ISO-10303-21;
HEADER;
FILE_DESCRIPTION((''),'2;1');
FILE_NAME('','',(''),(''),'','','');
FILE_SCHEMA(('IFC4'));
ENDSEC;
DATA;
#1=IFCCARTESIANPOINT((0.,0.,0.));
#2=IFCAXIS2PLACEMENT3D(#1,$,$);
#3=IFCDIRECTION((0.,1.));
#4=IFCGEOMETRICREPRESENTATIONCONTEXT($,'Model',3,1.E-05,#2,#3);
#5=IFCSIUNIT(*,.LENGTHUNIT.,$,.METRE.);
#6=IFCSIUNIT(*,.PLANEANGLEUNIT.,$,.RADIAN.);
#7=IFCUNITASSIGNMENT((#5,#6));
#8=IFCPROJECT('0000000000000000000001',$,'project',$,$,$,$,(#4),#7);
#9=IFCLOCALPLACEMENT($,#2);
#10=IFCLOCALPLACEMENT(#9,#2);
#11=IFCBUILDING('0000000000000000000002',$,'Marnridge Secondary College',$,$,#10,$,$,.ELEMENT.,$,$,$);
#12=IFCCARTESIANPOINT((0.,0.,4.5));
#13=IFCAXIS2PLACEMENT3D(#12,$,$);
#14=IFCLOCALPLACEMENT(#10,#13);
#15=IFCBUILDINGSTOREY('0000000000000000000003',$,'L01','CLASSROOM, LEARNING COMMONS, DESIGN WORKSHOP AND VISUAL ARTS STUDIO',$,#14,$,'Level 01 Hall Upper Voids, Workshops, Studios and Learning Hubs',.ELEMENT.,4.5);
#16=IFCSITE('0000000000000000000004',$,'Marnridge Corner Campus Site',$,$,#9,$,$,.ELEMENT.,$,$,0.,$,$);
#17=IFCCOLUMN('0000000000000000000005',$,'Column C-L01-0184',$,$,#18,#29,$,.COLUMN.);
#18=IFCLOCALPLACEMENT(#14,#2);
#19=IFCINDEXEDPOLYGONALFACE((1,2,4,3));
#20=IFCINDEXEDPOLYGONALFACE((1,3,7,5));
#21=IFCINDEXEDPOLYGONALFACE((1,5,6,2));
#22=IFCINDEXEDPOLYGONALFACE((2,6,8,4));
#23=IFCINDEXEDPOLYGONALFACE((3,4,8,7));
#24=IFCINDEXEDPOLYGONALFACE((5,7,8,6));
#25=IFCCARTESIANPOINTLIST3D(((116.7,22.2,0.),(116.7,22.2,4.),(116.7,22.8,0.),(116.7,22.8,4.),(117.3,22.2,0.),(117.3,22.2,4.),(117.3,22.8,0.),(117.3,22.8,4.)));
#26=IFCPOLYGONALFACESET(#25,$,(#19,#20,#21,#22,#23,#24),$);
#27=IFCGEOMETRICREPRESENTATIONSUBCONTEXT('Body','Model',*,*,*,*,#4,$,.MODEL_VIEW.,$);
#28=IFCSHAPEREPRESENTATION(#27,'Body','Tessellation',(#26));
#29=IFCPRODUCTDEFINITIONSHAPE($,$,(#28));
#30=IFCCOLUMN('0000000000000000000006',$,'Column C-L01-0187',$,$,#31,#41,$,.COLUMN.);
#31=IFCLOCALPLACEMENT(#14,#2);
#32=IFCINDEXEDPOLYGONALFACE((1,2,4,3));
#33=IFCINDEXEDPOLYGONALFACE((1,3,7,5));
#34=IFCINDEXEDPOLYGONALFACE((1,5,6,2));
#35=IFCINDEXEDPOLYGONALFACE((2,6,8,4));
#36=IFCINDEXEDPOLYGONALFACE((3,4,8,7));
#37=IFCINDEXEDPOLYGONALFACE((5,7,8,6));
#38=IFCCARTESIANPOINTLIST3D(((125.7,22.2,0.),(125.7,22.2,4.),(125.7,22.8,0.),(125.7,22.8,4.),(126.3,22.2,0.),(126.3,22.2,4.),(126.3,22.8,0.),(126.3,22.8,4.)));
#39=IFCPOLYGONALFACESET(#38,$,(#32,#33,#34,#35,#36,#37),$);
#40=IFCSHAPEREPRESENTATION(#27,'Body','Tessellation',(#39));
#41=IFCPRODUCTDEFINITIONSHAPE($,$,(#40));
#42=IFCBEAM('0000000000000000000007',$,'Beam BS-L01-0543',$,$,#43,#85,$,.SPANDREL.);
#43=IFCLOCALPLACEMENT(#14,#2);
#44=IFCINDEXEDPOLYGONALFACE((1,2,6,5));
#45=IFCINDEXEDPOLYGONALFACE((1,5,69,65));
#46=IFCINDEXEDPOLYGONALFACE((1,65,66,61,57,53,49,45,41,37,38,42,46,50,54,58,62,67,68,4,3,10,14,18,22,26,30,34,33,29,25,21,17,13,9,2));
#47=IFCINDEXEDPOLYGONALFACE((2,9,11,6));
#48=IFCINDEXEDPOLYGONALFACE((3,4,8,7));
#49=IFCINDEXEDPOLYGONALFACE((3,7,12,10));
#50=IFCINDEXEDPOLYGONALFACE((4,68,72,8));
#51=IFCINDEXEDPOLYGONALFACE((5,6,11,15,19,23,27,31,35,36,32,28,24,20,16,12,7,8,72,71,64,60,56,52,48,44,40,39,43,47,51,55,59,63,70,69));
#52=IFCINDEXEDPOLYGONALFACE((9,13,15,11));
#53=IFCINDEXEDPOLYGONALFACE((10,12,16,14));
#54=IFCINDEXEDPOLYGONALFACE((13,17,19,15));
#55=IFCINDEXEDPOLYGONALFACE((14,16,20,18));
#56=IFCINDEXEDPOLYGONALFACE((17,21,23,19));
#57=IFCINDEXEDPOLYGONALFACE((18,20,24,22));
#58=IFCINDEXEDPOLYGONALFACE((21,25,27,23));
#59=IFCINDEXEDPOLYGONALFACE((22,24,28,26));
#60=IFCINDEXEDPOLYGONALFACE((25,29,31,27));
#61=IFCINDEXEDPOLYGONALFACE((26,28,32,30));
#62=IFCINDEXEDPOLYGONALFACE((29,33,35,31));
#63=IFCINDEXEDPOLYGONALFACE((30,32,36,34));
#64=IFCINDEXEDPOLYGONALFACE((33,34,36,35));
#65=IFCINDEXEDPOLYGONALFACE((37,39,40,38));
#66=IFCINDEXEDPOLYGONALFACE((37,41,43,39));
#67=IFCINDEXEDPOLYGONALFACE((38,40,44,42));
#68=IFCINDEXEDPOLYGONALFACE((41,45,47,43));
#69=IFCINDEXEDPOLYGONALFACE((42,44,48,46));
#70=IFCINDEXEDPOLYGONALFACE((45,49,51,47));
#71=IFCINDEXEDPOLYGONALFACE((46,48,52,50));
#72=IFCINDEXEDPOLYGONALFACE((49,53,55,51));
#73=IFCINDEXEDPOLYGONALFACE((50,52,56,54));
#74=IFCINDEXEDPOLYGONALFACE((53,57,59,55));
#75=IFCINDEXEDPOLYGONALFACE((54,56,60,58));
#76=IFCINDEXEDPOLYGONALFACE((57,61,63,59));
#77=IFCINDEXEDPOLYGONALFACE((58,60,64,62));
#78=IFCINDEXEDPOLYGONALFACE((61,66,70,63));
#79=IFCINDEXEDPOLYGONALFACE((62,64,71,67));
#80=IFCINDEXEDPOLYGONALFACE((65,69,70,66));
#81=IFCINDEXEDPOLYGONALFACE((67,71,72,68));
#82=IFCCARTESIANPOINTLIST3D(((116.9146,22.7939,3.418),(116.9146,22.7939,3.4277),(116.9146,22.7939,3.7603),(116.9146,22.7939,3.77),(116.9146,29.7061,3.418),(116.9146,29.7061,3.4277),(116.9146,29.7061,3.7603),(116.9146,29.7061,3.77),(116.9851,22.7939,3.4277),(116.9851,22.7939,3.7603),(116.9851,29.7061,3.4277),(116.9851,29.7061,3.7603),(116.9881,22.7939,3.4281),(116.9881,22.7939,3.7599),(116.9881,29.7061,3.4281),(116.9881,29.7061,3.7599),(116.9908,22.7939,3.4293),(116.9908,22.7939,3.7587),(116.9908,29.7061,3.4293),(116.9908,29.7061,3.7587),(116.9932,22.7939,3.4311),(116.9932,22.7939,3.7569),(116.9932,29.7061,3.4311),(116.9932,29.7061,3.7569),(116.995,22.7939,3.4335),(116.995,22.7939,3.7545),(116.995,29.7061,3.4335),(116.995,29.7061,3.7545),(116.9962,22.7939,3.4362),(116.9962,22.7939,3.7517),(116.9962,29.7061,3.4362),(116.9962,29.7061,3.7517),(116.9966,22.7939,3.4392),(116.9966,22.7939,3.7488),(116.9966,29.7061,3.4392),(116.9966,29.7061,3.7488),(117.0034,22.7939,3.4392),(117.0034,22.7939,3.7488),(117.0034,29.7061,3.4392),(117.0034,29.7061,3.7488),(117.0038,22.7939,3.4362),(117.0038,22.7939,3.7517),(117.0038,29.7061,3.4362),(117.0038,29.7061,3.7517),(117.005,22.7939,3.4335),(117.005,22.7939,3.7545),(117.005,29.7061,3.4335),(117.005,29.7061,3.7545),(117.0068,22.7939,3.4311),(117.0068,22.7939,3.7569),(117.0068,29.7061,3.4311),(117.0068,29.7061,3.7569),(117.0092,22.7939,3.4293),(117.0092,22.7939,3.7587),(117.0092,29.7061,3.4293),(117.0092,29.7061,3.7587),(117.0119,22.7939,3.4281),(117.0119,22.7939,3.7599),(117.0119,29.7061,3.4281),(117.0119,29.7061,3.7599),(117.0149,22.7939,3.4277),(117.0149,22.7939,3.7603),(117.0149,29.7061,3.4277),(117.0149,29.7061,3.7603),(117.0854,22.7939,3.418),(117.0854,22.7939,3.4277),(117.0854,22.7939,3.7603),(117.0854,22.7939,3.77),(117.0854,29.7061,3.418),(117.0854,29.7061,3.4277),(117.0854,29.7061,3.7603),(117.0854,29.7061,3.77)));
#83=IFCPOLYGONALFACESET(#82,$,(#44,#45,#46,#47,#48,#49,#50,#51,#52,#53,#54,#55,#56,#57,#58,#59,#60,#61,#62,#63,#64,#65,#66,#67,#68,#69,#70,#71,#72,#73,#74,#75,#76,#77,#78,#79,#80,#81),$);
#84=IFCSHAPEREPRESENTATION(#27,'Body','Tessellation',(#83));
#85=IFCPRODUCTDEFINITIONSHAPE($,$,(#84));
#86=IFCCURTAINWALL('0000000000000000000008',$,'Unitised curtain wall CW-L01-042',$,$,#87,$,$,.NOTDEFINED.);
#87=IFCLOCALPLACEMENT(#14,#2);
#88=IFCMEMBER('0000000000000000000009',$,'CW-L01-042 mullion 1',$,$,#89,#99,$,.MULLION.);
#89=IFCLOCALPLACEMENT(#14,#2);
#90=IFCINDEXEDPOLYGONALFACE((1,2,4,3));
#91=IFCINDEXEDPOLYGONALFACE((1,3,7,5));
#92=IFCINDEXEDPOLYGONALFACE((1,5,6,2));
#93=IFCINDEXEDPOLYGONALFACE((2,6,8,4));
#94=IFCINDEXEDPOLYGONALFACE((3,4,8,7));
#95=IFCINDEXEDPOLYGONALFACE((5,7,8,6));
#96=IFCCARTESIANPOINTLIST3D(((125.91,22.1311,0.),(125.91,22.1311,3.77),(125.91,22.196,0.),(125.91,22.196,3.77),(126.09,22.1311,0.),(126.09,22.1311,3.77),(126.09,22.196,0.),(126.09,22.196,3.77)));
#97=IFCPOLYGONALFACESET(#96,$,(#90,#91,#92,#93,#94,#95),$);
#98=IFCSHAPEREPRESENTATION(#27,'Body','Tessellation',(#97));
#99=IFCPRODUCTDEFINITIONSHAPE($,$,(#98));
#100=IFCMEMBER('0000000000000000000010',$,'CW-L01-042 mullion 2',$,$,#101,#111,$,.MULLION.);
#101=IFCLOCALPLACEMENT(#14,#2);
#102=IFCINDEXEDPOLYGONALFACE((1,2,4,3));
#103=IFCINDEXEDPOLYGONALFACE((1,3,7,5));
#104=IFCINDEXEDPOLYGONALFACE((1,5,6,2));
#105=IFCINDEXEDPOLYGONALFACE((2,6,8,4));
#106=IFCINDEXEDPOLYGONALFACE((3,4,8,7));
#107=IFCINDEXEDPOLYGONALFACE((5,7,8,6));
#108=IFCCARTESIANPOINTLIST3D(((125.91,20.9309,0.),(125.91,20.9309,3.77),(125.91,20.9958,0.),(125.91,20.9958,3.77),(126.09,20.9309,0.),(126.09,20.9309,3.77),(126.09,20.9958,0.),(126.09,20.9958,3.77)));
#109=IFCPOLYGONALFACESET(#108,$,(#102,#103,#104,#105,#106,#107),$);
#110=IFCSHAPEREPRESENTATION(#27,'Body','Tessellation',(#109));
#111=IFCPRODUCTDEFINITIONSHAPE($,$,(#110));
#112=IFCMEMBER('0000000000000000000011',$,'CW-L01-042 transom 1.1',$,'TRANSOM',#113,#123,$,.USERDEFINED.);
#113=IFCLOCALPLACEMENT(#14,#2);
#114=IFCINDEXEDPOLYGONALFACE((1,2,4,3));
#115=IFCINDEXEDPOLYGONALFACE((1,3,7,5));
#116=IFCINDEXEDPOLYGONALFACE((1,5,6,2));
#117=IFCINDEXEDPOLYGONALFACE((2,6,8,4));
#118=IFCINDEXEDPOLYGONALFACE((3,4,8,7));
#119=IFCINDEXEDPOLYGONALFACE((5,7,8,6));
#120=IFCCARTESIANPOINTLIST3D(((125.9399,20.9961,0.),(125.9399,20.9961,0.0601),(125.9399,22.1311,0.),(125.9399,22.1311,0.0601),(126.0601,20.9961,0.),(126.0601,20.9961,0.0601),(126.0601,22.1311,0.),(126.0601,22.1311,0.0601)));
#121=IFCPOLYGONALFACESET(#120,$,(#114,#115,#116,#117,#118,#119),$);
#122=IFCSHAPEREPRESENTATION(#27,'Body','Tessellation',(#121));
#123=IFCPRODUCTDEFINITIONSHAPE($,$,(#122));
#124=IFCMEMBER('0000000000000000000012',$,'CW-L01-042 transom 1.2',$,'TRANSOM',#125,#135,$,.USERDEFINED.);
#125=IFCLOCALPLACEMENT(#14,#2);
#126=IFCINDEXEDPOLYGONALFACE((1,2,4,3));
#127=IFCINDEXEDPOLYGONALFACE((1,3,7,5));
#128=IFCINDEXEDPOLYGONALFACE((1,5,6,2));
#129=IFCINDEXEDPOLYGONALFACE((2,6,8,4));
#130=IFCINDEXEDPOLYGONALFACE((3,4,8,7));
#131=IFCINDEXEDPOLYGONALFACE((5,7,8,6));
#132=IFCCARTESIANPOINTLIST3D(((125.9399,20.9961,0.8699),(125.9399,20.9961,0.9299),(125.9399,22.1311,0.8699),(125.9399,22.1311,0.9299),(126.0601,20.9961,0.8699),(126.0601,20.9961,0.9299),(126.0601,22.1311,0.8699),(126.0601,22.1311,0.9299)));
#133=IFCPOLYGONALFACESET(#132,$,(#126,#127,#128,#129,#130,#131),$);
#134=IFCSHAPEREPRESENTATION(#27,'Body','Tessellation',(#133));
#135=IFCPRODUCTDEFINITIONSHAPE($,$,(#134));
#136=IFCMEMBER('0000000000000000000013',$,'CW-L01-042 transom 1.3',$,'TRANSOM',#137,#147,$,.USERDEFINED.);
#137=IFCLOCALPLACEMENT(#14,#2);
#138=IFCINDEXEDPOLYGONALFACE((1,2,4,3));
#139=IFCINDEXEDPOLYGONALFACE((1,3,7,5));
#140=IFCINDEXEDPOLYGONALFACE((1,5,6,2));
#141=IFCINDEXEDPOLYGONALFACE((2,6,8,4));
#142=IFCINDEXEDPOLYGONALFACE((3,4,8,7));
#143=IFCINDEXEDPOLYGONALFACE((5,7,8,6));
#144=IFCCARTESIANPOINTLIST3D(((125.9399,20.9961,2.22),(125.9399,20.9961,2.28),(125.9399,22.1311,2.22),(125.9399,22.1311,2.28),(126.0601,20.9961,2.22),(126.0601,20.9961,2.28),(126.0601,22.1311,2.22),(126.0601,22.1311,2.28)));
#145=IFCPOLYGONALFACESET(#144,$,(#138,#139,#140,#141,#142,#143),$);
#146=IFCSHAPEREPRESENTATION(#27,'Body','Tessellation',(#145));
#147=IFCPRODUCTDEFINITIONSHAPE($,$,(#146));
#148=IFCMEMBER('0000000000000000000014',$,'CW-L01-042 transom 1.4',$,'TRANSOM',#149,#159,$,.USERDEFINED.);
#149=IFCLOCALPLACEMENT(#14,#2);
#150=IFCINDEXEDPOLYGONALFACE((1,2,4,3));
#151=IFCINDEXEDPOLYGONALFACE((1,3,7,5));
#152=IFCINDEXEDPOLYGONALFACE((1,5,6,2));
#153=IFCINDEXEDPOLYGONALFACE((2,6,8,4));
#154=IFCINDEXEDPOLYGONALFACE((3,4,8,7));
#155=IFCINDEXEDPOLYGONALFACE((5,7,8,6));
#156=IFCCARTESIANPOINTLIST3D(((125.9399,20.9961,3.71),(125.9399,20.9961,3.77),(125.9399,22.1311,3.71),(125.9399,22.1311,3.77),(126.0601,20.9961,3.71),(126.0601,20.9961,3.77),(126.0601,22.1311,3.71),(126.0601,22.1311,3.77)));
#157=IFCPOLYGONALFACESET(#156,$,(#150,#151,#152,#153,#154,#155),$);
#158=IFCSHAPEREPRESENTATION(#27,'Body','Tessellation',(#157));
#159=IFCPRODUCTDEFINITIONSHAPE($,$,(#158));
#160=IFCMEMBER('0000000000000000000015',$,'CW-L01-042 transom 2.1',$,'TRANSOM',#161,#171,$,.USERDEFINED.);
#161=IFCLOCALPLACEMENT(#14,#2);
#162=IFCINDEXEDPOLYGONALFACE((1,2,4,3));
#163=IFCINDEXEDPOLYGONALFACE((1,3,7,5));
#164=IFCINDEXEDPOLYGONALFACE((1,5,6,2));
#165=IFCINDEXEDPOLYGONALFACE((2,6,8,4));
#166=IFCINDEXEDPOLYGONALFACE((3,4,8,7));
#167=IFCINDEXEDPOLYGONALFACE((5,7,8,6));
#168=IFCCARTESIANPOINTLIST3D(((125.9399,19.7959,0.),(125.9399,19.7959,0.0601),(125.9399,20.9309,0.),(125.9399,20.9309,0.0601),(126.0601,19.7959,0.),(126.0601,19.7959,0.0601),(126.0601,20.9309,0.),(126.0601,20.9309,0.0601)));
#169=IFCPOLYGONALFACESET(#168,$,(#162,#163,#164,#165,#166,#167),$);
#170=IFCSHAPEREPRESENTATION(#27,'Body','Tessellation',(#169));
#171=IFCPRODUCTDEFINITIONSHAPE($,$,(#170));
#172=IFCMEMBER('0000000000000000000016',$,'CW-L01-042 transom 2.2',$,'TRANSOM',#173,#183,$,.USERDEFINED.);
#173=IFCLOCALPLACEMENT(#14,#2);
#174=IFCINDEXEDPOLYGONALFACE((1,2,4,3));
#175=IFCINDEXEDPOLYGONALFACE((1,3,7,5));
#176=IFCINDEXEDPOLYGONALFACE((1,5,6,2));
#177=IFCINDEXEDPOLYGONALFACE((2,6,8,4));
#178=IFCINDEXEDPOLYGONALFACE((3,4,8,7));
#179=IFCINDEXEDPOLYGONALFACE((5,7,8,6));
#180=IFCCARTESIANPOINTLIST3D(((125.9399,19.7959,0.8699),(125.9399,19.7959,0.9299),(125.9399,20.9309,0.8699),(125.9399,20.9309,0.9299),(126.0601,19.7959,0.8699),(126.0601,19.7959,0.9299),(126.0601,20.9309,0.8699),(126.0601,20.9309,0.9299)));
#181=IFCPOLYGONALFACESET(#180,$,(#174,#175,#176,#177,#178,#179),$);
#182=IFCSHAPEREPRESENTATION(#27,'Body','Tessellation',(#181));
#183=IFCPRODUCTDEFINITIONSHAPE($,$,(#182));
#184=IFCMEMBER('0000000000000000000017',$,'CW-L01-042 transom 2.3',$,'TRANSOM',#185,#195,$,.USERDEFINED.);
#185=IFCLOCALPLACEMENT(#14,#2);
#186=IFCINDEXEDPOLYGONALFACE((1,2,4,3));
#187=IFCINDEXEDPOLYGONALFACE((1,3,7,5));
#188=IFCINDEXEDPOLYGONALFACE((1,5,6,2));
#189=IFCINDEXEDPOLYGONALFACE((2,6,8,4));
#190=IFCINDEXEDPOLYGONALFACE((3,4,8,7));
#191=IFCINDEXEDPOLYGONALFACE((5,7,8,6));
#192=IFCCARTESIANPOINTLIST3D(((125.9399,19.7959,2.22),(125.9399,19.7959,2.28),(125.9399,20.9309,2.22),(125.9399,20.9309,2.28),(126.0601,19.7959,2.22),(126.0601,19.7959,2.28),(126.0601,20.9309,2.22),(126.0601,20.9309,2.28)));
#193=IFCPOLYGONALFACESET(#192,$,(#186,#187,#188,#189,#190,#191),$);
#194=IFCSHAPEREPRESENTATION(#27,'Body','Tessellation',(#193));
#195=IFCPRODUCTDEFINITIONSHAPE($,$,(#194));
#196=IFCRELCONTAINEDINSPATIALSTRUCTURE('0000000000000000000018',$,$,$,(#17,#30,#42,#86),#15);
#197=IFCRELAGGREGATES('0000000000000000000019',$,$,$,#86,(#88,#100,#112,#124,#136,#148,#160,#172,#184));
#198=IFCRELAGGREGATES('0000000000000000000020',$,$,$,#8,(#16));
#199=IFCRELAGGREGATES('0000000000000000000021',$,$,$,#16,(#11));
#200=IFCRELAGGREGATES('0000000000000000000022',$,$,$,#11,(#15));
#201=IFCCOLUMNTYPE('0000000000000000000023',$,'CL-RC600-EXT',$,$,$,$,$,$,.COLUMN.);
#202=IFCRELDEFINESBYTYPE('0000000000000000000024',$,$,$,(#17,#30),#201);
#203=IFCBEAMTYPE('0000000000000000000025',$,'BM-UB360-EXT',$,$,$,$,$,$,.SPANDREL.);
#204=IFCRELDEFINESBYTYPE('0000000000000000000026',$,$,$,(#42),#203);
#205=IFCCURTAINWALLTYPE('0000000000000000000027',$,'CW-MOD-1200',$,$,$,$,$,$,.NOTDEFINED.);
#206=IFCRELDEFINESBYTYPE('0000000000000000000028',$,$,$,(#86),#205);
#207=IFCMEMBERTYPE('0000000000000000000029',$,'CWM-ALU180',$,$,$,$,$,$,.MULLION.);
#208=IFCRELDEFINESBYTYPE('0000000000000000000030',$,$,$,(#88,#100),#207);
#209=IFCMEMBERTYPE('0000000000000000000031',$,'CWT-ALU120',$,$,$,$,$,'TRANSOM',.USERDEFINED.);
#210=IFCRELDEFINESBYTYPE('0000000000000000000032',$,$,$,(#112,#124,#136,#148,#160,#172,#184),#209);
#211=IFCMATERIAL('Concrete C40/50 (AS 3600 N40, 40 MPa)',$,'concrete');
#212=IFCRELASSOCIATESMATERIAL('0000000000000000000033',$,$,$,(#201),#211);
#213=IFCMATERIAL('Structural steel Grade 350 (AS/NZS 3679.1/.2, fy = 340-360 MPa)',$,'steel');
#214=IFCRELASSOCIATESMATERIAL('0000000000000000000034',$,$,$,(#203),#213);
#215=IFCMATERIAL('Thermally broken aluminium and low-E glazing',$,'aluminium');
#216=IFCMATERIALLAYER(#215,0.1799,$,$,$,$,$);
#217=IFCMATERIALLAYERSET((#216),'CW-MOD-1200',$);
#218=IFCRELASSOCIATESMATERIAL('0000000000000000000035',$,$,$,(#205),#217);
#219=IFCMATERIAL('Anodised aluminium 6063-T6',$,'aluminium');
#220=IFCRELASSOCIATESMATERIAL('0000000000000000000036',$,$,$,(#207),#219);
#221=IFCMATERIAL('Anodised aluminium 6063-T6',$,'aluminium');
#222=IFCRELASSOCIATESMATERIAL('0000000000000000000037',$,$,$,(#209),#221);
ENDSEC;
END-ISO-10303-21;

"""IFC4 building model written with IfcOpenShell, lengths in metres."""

from ifc_helpers import new_model, si_unit, direction, frame, origin, origin_2d, place, context, subcontext, project, spatial, rectangle, i_section, extrude, material, layer, layer_set, material_profile, profile_set, type_object, element, aggregate, save


model = new_model("IFC4")

# Units and contexts
model_context = context("Model", 3, precision=1e-05, world=origin(), true_north=direction((0.0, 1.0)))
body_context = subcontext(model_context, "Body", "Model", "MODEL_VIEW")
ifc_project = project(units=[si_unit("LENGTHUNIT", "METRE"), si_unit("PLANEANGLEUNIT", "RADIAN")], contexts=[model_context])

# Site, building, storey
site_placement = place(None, origin())
site = spatial("IfcSite", under=ifc_project, at=site_placement, Name="Marnridge Corner Campus Site", CompositionType="ELEMENT", RefElevation=0.0)
building_placement = place(site_placement, origin())
building = spatial("IfcBuilding", under=site, at=building_placement, Name="Marnridge Secondary College", CompositionType="ELEMENT")
storey_placement = place(building_placement, frame((0.0, 0.0, 4.5)))
storey = spatial("IfcBuildingStorey", under=building, at=storey_placement, Name="L01", Description="CLASSROOM, LEARNING COMMONS, DESIGN WORKSHOP AND VISUAL ARTS STUDIO", LongName="Level 01 Hall Upper Voids, Workshops, Studios and Learning Hubs", CompositionType="ELEMENT", Elevation=4.5)

# Columns
ifc_material_1 = material(Name="Concrete C40/50 (AS 3600 N40, 40 MPa)", Category="concrete")
ifc_material_profile_1 = material_profile(ifc_material_1, rectangle(XDim=0.6001, YDim=0.6001, at=origin_2d()), Name="RC 600x600")
ifc_profile_set_1 = profile_set([ifc_material_profile_1], Name="Concrete C40/50 (AS 3600 N40, 40 MPa)")
column_type = type_object("IfcColumnType", Name="CL-RC600-EXT", PredefinedType="COLUMN", material=ifc_profile_set_1)
for number, where, z_axis, x_axis, name in (
    (1, (117.0, 22.5, 0.0), (0.0, 0.0, 1.0), (1.0, 0.0, 0.0), "Column C-L01-0184"),
    (2, (126.0, 22.5, 0.0), (0.0, 0.0, 1.0), (1.0, 0.0, 0.0), "Column C-L01-0187"),
):
    element("IfcColumn", number, at=place(storey_placement, frame(where, z_axis=z_axis, x_axis=x_axis)), inside=storey, type_object=column_type, Name=name, PredefinedType="COLUMN", context=body_context, shape_type="SweptSolid", body=[
        extrude(rectangle(XDim=0.6001, YDim=0.6001, at=origin_2d()), origin(), (0.0, 0.0, 1.0), 4.0),
    ])

# Beam
ifc_material_2 = material(Name="Structural steel Grade 350 (AS/NZS 3679.1/.2, fy = 340-360 MPa)", Category="steel")
ifc_material_profile_2 = material_profile(ifc_material_2, i_section(OverallWidth=0.1709, OverallDepth=0.3521, WebThickness=0.0068, FlangeThickness=0.0098, FilletRadius=0.0115, at=origin_2d()), Name="360UB44.7")
ifc_profile_set_2 = profile_set([ifc_material_profile_2], Name="Structural steel Grade 350 (AS/NZS 3679.1/.2, fy = 340-360 MPa)")
beam_type = type_object("IfcBeamType", Name="BM-UB360-EXT", PredefinedType="SPANDREL", material=ifc_profile_set_2)
beam_placement = place(storey_placement, frame((117.0, 22.7939, 3.594), z_axis=(0.0, 1.0, 0.0), x_axis=(-1.0, 0.0, 0.0)))
element("IfcBeam", 3, at=beam_placement, inside=storey, type_object=beam_type, Name="Beam BS-L01-0543", PredefinedType="SPANDREL", context=body_context, shape_type="SweptSolid", body=[
    extrude(i_section(OverallWidth=0.1709, OverallDepth=0.3521, WebThickness=0.0068, FlangeThickness=0.0098, FilletRadius=0.0115, at=origin_2d()), origin(), (0.0, 0.0, 1.0), 6.9121),
])

# Curtain wall, members
ifc_material_3 = material(Name="Thermally broken aluminium and low-E glazing", Category="aluminium")
ifc_layer_1 = layer(ifc_material_3, 0.1799)
ifc_layer_set_1 = layer_set([ifc_layer_1], Name="CW-MOD-1200")
curtain_wall_type = type_object("IfcCurtainWallType", Name="CW-MOD-1200", PredefinedType="NOTDEFINED", material=ifc_layer_set_1)
curtain_wall_placement = place(storey_placement, origin())
curtain_wall = element("IfcCurtainWall", 4, at=curtain_wall_placement, inside=storey, type_object=curtain_wall_type, Name="Unitised curtain wall CW-L01-042", PredefinedType="NOTDEFINED")
ifc_material_4 = material(Name="Anodised aluminium 6063-T6", Category="aluminium")
ifc_material_profile_3 = material_profile(ifc_material_4, rectangle(XDim=0.0649, YDim=0.1799, at=origin_2d()), Name="ALU 65x180")
ifc_profile_set_3 = profile_set([ifc_material_profile_3], Name="Anodised aluminium 6063-T6")
member_type_1 = type_object("IfcMemberType", Name="CWM-ALU180", PredefinedType="MULLION", material=ifc_profile_set_3)
member_1_placement = place(storey_placement, frame((126.0, 22.1636, 0.0), z_axis=(0.0, 0.0, 1.0), x_axis=(0.0, -1.0, 0.0)))
member_1 = element("IfcMember", 5, at=member_1_placement, type_object=member_type_1, Name="CW-L01-042 mullion 1", PredefinedType="MULLION", context=body_context, shape_type="SweptSolid", body=[
    extrude(rectangle(XDim=0.0649, YDim=0.1799, at=origin_2d()), origin(), (0.0, 0.0, 1.0), 3.77),
])
member_2_placement = place(storey_placement, frame((126.0, 20.9634, 0.0), z_axis=(0.0, 0.0, 1.0), x_axis=(0.0, -1.0, 0.0)))
member_2 = element("IfcMember", 6, at=member_2_placement, type_object=member_type_1, Name="CW-L01-042 mullion 2", PredefinedType="MULLION", context=body_context, shape_type="SweptSolid", body=[
    extrude(rectangle(XDim=0.0649, YDim=0.1799, at=origin_2d()), origin(), (0.0, 0.0, 1.0), 3.77),
])
ifc_material_5 = material(Name="Anodised aluminium 6063-T6", Category="aluminium")
ifc_material_profile_4 = material_profile(ifc_material_5, rectangle(XDim=0.0601, YDim=0.1201, at=origin_2d()), Name="ALU 60x120")
ifc_profile_set_4 = profile_set([ifc_material_profile_4], Name="Anodised aluminium 6063-T6")
member_type_2 = type_object("IfcMemberType", Name="CWT-ALU120", ElementType="TRANSOM", PredefinedType="USERDEFINED", material=ifc_profile_set_4)
member_3_placement = place(storey_placement, frame((126.0, 22.1311, 0.03), z_axis=(0.0, -1.0, 0.0), x_axis=(0.0, 0.0, 1.0)))
member_3 = element("IfcMember", 7, at=member_3_placement, type_object=member_type_2, Name="CW-L01-042 transom 1.1", ObjectType="TRANSOM", PredefinedType="USERDEFINED", context=body_context, shape_type="SweptSolid", body=[
    extrude(rectangle(XDim=0.0601, YDim=0.1201, at=origin_2d()), origin(), (0.0, 0.0, 1.0), 1.135),
])
member_4_placement = place(storey_placement, frame((126.0, 22.1311, 0.8999), z_axis=(0.0, -1.0, 0.0), x_axis=(0.0, 0.0, 1.0)))
member_4 = element("IfcMember", 8, at=member_4_placement, type_object=member_type_2, Name="CW-L01-042 transom 1.2", ObjectType="TRANSOM", PredefinedType="USERDEFINED", context=body_context, shape_type="SweptSolid", body=[
    extrude(rectangle(XDim=0.0601, YDim=0.1201, at=origin_2d()), origin(), (0.0, 0.0, 1.0), 1.135),
])
member_5_placement = place(storey_placement, frame((126.0, 22.1311, 2.25), z_axis=(0.0, -1.0, 0.0), x_axis=(0.0, 0.0, 1.0)))
member_5 = element("IfcMember", 9, at=member_5_placement, type_object=member_type_2, Name="CW-L01-042 transom 1.3", ObjectType="TRANSOM", PredefinedType="USERDEFINED", context=body_context, shape_type="SweptSolid", body=[
    extrude(rectangle(XDim=0.0601, YDim=0.1201, at=origin_2d()), origin(), (0.0, 0.0, 1.0), 1.135),
])
member_6_placement = place(storey_placement, frame((126.0, 22.1311, 3.74), z_axis=(0.0, -1.0, 0.0), x_axis=(0.0, 0.0, 1.0)))
member_6 = element("IfcMember", 10, at=member_6_placement, type_object=member_type_2, Name="CW-L01-042 transom 1.4", ObjectType="TRANSOM", PredefinedType="USERDEFINED", context=body_context, shape_type="SweptSolid", body=[
    extrude(rectangle(XDim=0.0601, YDim=0.1201, at=origin_2d()), origin(), (0.0, 0.0, 1.0), 1.135),
])
member_7_placement = place(storey_placement, frame((126.0, 20.9309, 0.03), z_axis=(0.0, -1.0, 0.0), x_axis=(0.0, 0.0, 1.0)))
member_7 = element("IfcMember", 11, at=member_7_placement, type_object=member_type_2, Name="CW-L01-042 transom 2.1", ObjectType="TRANSOM", PredefinedType="USERDEFINED", context=body_context, shape_type="SweptSolid", body=[
    extrude(rectangle(XDim=0.0601, YDim=0.1201, at=origin_2d()), origin(), (0.0, 0.0, 1.0), 1.135),
])
member_8_placement = place(storey_placement, frame((126.0, 20.9309, 0.8999), z_axis=(0.0, -1.0, 0.0), x_axis=(0.0, 0.0, 1.0)))
member_8 = element("IfcMember", 12, at=member_8_placement, type_object=member_type_2, Name="CW-L01-042 transom 2.2", ObjectType="TRANSOM", PredefinedType="USERDEFINED", context=body_context, shape_type="SweptSolid", body=[
    extrude(rectangle(XDim=0.0601, YDim=0.1201, at=origin_2d()), origin(), (0.0, 0.0, 1.0), 1.135),
])
member_9_placement = place(storey_placement, frame((126.0, 20.9309, 2.25), z_axis=(0.0, -1.0, 0.0), x_axis=(0.0, 0.0, 1.0)))
member_9 = element("IfcMember", 13, at=member_9_placement, type_object=member_type_2, Name="CW-L01-042 transom 2.3", ObjectType="TRANSOM", PredefinedType="USERDEFINED", context=body_context, shape_type="SweptSolid", body=[
    extrude(rectangle(XDim=0.0601, YDim=0.1201, at=origin_2d()), origin(), (0.0, 0.0, 1.0), 1.135),
])
aggregate(curtain_wall, [member_1, member_2, member_3, member_4, member_5, member_6, member_7, member_8, member_9])

save(model, "model.ifc")
